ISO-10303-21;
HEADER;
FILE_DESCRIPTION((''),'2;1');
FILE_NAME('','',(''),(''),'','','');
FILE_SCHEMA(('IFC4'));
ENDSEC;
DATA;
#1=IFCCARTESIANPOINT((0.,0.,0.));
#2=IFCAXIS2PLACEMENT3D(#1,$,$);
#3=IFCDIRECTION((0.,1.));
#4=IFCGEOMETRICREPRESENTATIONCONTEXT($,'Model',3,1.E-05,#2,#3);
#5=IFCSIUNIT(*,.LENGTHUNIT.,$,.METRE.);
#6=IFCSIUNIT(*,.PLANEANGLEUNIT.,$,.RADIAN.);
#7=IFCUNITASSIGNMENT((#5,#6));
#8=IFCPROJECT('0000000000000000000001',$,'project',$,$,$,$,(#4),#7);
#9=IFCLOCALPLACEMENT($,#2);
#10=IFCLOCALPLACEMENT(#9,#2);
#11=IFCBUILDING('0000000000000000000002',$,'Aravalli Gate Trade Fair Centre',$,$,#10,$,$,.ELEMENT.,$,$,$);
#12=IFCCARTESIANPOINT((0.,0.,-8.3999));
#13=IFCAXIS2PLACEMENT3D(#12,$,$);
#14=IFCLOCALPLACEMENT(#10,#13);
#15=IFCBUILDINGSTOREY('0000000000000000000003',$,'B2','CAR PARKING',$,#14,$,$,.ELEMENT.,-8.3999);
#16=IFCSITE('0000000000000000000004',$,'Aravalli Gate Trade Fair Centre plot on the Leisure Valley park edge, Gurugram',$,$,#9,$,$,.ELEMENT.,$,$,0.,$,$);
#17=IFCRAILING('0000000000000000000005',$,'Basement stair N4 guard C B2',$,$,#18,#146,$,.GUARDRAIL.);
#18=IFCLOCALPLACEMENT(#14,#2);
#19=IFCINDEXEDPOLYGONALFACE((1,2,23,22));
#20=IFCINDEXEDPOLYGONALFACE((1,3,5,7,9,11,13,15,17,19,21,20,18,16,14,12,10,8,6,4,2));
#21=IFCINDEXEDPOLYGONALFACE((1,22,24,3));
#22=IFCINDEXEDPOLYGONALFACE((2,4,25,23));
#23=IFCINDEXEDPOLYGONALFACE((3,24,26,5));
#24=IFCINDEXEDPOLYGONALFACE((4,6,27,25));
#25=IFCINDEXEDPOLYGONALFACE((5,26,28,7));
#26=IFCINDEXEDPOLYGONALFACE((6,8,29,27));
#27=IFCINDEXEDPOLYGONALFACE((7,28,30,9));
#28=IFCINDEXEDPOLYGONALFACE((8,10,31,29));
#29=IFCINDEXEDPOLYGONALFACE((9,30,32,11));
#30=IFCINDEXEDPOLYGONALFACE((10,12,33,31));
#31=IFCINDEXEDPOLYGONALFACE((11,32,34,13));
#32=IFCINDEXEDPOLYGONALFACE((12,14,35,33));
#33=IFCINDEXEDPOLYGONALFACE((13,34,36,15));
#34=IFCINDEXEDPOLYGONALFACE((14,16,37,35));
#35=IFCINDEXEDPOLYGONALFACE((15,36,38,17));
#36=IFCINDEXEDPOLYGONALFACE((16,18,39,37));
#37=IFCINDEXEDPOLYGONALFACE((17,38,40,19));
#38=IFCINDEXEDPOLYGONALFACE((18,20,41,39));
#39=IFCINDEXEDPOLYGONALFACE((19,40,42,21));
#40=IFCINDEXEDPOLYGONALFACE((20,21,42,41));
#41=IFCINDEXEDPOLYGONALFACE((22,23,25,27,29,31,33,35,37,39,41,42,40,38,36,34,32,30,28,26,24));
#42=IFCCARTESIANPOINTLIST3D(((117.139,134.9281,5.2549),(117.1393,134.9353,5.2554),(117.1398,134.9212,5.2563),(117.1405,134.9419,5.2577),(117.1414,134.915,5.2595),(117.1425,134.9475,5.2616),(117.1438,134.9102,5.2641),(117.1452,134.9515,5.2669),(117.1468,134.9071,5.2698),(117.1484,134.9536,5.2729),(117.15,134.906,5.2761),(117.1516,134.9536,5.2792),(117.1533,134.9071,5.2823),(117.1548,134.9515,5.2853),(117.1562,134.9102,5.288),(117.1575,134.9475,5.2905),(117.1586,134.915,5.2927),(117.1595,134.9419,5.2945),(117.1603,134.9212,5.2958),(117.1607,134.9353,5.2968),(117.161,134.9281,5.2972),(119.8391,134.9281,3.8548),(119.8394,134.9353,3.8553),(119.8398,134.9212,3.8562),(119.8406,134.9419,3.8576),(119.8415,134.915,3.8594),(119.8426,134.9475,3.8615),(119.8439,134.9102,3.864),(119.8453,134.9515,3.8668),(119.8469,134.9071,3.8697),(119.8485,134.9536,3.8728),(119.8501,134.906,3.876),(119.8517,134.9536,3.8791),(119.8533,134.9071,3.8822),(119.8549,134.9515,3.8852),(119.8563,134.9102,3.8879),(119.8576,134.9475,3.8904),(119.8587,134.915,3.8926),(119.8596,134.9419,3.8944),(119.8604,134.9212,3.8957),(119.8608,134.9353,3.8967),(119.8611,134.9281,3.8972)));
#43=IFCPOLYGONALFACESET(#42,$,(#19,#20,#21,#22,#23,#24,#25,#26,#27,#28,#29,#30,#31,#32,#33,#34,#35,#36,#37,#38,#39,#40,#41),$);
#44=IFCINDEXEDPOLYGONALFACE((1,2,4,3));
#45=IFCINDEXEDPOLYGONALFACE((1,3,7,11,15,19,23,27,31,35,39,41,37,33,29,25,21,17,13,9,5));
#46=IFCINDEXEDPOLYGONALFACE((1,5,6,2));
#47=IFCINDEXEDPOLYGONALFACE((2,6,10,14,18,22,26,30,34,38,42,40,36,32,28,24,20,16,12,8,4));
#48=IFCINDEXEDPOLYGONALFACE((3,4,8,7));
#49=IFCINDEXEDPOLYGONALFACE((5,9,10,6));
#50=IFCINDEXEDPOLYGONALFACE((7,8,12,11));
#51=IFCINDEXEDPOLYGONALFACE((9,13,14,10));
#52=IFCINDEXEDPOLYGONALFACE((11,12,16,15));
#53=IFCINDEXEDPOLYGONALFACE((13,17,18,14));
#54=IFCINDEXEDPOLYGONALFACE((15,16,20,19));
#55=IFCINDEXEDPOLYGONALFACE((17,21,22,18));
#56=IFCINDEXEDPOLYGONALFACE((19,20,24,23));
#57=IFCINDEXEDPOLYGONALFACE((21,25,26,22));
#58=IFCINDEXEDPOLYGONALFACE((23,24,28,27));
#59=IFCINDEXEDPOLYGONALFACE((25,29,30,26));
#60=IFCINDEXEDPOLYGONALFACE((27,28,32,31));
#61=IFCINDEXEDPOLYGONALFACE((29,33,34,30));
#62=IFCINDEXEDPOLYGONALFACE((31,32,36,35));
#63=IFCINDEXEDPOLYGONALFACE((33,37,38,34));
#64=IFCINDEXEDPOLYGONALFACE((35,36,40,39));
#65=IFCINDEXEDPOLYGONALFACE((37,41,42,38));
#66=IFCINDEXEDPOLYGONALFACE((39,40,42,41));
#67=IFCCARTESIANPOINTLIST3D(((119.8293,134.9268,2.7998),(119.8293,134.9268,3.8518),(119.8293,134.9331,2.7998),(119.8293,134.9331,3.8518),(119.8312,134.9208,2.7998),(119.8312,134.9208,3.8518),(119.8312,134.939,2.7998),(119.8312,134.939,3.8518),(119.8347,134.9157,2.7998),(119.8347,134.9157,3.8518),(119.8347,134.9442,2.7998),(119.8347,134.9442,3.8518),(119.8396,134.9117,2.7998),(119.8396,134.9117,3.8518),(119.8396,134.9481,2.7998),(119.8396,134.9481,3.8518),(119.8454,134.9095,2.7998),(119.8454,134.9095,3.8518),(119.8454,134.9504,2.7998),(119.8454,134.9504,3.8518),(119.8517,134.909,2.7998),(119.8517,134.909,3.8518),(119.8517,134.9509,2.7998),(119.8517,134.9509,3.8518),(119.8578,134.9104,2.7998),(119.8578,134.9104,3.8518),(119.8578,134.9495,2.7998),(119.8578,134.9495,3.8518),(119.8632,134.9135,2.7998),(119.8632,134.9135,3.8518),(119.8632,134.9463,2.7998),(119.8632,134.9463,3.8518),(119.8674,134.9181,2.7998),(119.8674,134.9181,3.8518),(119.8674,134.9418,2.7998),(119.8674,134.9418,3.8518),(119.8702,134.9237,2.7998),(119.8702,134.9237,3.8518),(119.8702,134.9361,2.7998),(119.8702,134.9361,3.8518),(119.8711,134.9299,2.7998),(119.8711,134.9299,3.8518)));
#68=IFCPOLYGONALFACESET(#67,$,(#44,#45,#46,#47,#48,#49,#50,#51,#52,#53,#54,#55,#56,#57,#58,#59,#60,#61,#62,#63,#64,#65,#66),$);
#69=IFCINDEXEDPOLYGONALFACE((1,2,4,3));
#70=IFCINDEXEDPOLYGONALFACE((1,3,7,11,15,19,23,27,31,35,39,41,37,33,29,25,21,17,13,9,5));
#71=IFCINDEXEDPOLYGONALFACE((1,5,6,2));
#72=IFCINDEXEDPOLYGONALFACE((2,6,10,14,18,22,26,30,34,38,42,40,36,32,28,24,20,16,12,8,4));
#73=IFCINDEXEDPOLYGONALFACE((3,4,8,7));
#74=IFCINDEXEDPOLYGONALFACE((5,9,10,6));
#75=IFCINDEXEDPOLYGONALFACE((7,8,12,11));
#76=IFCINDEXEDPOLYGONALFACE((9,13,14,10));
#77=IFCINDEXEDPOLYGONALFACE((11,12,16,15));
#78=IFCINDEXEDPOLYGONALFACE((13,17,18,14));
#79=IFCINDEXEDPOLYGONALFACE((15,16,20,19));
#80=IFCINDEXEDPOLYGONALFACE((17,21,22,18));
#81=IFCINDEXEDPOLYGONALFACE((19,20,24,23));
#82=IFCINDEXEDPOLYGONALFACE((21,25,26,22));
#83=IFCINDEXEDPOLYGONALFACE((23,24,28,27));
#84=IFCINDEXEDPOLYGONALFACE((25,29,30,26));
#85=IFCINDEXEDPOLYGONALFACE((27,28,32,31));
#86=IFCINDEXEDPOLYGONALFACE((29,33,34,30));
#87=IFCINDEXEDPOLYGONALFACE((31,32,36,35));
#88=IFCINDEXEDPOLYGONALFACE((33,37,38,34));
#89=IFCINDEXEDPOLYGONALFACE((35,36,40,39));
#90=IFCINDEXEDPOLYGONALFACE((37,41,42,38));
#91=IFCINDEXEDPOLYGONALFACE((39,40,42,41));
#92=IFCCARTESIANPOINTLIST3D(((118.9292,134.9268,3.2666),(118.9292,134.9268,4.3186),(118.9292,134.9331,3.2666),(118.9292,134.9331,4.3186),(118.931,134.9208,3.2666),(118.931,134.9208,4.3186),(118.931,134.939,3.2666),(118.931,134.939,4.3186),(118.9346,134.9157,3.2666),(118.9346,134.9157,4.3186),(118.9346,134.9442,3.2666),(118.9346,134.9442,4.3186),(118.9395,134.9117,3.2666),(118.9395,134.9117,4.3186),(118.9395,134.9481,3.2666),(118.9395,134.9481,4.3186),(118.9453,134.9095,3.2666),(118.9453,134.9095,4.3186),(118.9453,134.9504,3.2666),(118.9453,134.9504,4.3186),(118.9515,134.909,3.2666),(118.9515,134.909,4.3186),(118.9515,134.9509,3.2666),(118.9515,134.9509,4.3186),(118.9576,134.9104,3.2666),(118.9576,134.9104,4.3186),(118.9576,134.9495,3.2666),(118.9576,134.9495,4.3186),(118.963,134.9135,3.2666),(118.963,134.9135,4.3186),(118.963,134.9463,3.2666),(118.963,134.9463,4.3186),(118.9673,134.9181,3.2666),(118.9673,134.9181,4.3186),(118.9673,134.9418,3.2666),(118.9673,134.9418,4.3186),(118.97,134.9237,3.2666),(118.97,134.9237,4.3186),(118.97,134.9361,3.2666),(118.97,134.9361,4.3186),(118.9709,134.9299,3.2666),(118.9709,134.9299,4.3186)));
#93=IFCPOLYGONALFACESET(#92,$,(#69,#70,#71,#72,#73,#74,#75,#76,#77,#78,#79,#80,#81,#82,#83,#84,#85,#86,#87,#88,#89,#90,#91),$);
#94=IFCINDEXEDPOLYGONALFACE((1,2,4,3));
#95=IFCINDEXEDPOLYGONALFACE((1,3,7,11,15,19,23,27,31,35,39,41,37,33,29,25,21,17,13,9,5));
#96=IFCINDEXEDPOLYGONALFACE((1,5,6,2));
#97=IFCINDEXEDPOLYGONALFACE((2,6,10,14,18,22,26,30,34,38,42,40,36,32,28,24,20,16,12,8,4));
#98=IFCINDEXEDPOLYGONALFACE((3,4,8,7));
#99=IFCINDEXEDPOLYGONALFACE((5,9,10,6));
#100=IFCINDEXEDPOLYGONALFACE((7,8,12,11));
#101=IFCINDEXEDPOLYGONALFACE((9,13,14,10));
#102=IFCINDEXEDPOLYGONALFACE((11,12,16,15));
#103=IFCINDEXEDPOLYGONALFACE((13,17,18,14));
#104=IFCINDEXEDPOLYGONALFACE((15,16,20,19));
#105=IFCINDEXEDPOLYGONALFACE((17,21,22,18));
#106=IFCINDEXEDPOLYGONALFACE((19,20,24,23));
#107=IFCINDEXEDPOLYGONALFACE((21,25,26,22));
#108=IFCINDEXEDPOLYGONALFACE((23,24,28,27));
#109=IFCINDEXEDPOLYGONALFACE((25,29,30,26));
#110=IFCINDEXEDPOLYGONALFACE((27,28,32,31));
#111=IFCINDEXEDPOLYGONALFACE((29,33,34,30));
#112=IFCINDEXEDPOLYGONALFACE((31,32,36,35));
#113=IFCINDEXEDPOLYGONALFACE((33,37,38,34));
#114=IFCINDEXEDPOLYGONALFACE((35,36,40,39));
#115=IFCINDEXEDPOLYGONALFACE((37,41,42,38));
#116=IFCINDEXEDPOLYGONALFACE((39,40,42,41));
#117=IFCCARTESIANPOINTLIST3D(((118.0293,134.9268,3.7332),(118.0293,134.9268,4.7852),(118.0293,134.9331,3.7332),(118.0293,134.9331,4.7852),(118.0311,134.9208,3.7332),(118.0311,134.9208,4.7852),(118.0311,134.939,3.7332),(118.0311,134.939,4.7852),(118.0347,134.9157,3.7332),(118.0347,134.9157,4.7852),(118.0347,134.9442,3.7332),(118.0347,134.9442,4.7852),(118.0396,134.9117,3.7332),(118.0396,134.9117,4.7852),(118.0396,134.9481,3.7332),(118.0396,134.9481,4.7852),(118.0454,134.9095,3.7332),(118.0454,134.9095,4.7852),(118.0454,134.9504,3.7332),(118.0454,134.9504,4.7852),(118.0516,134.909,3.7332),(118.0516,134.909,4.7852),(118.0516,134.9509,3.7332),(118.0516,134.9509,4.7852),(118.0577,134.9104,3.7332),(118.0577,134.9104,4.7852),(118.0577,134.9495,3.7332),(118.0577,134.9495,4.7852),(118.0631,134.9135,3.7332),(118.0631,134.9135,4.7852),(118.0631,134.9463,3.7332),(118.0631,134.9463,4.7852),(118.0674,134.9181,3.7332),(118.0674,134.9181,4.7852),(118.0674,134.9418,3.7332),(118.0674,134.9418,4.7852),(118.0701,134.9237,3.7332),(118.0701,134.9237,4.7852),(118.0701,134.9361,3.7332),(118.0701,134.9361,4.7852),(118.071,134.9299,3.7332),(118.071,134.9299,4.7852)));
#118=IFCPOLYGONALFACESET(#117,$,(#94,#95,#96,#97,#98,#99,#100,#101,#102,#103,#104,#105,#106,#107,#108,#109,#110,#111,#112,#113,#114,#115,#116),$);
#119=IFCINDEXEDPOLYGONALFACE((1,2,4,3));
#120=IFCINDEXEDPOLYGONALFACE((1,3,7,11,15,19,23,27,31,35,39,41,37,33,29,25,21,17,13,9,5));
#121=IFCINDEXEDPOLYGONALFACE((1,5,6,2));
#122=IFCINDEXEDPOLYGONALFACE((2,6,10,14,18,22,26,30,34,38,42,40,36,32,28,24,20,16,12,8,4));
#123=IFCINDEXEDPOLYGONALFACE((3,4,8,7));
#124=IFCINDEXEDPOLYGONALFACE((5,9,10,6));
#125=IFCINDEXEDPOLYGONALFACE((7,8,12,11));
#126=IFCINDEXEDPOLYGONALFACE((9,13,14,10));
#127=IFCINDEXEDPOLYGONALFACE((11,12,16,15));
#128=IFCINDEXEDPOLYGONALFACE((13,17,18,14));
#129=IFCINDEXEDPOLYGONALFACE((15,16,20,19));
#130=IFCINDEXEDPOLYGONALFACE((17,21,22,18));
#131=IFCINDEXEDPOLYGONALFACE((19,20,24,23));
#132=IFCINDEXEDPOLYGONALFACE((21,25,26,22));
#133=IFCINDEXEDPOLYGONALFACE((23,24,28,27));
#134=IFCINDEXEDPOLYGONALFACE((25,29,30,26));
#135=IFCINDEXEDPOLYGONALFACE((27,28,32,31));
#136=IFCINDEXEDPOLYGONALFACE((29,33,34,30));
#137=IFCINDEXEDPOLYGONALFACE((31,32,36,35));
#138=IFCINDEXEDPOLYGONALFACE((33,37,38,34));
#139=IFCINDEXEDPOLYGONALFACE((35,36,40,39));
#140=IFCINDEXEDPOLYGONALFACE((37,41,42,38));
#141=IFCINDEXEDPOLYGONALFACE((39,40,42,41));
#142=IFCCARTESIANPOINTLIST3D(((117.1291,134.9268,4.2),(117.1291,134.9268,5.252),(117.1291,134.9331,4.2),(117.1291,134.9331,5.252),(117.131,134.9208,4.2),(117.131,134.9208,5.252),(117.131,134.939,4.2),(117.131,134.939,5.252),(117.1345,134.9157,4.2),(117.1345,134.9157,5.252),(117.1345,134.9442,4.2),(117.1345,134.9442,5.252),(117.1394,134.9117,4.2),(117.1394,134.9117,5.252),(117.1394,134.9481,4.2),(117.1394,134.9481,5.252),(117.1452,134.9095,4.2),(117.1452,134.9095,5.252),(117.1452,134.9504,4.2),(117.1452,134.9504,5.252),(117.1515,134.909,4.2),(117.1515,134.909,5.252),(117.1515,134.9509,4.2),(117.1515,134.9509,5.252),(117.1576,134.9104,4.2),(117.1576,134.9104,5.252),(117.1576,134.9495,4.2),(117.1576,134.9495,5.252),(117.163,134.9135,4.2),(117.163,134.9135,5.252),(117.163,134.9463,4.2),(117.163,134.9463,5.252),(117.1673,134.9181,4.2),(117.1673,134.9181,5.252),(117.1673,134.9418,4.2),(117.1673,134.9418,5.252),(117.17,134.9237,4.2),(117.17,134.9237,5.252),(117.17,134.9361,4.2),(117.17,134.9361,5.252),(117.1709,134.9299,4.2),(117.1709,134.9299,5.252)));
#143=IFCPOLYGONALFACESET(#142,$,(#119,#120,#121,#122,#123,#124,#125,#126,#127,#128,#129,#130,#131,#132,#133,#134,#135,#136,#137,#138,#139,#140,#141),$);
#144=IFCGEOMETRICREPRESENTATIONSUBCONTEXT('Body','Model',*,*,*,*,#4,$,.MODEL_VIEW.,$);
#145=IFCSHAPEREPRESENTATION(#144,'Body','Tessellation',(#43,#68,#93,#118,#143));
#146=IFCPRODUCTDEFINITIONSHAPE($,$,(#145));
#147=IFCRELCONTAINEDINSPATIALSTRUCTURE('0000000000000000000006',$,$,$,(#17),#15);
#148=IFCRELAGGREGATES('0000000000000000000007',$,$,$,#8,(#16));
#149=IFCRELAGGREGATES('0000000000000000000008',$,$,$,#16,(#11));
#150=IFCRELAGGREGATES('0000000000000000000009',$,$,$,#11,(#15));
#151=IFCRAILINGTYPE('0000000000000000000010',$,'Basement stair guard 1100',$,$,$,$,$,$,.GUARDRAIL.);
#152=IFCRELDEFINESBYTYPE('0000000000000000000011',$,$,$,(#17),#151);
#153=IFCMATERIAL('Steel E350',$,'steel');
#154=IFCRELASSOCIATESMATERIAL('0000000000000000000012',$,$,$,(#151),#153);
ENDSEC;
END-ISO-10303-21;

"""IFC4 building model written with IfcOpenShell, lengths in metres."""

from ifc_helpers import new_model, si_unit, direction, frame, origin, origin_2d, place, context, subcontext, project, spatial, circle, extrude, material, type_object, element, save


model = new_model("IFC4")

# Units and contexts
model_context = context("Model", 3, precision=1e-05, world=origin(), true_north=direction((0.0, 1.0)))
body_context = subcontext(model_context, "Body", "Model", "MODEL_VIEW")
ifc_project = project(units=[si_unit("LENGTHUNIT", "METRE"), si_unit("PLANEANGLEUNIT", "RADIAN")], contexts=[model_context])

# Site, building, storey
site_placement = place(None, origin())
site = spatial("IfcSite", under=ifc_project, at=site_placement, Name="Aravalli Gate Trade Fair Centre plot on the Leisure Valley park edge, Gurugram", CompositionType="ELEMENT", RefElevation=0.0)
building_placement = place(site_placement, origin())
building = spatial("IfcBuilding", under=site, at=building_placement, Name="Aravalli Gate Trade Fair Centre", CompositionType="ELEMENT")
storey_placement = place(building_placement, frame((0.0, 0.0, -8.3999)))
storey = spatial("IfcBuildingStorey", under=building, at=storey_placement, Name="B2", Description="CAR PARKING", CompositionType="ELEMENT", Elevation=-8.3999)

# Railing
ifc_material_1 = material(Name="Steel E350", Category="steel")
railing_type_1 = type_object("IfcRailingType", Name="Basement stair guard 1100", PredefinedType="GUARDRAIL", material=ifc_material_1)
railing_1_placement = place(storey_placement, frame((119.8501, 134.9299, 2.7998)))
element("IfcRailing", 1, at=railing_1_placement, inside=storey, type_object=railing_type_1, Name="Basement stair N4 guard C B2", PredefinedType="GUARDRAIL", context=body_context, shape_type="SweptSolid", body=[
    extrude(circle(Radius=0.0239, at=origin_2d()), frame((0.0, 0.0, 1.0762), z_axis=(-0.887748, 0.0, 0.460329), x_axis=(0.0, -1.0, 0.0)), (0.0, 0.0, 1.0), 3.0415),
    extrude(circle(Radius=0.021, at=origin_2d()), origin(), (0.0, 0.0, 1.0), 1.052),
    extrude(circle(Radius=0.021, at=origin_2d()), frame((-0.9001, 0.0, 0.4668)), (0.0, 0.0, 1.0), 1.052),
    extrude(circle(Radius=0.021, at=origin_2d()), frame((-1.8, 0.0, 0.9333)), (0.0, 0.0, 1.0), 1.052),
    extrude(circle(Radius=0.021, at=origin_2d()), frame((-2.7002, 0.0, 1.4001)), (0.0, 0.0, 1.0), 1.052),
])

save(model, "model.ifc")
